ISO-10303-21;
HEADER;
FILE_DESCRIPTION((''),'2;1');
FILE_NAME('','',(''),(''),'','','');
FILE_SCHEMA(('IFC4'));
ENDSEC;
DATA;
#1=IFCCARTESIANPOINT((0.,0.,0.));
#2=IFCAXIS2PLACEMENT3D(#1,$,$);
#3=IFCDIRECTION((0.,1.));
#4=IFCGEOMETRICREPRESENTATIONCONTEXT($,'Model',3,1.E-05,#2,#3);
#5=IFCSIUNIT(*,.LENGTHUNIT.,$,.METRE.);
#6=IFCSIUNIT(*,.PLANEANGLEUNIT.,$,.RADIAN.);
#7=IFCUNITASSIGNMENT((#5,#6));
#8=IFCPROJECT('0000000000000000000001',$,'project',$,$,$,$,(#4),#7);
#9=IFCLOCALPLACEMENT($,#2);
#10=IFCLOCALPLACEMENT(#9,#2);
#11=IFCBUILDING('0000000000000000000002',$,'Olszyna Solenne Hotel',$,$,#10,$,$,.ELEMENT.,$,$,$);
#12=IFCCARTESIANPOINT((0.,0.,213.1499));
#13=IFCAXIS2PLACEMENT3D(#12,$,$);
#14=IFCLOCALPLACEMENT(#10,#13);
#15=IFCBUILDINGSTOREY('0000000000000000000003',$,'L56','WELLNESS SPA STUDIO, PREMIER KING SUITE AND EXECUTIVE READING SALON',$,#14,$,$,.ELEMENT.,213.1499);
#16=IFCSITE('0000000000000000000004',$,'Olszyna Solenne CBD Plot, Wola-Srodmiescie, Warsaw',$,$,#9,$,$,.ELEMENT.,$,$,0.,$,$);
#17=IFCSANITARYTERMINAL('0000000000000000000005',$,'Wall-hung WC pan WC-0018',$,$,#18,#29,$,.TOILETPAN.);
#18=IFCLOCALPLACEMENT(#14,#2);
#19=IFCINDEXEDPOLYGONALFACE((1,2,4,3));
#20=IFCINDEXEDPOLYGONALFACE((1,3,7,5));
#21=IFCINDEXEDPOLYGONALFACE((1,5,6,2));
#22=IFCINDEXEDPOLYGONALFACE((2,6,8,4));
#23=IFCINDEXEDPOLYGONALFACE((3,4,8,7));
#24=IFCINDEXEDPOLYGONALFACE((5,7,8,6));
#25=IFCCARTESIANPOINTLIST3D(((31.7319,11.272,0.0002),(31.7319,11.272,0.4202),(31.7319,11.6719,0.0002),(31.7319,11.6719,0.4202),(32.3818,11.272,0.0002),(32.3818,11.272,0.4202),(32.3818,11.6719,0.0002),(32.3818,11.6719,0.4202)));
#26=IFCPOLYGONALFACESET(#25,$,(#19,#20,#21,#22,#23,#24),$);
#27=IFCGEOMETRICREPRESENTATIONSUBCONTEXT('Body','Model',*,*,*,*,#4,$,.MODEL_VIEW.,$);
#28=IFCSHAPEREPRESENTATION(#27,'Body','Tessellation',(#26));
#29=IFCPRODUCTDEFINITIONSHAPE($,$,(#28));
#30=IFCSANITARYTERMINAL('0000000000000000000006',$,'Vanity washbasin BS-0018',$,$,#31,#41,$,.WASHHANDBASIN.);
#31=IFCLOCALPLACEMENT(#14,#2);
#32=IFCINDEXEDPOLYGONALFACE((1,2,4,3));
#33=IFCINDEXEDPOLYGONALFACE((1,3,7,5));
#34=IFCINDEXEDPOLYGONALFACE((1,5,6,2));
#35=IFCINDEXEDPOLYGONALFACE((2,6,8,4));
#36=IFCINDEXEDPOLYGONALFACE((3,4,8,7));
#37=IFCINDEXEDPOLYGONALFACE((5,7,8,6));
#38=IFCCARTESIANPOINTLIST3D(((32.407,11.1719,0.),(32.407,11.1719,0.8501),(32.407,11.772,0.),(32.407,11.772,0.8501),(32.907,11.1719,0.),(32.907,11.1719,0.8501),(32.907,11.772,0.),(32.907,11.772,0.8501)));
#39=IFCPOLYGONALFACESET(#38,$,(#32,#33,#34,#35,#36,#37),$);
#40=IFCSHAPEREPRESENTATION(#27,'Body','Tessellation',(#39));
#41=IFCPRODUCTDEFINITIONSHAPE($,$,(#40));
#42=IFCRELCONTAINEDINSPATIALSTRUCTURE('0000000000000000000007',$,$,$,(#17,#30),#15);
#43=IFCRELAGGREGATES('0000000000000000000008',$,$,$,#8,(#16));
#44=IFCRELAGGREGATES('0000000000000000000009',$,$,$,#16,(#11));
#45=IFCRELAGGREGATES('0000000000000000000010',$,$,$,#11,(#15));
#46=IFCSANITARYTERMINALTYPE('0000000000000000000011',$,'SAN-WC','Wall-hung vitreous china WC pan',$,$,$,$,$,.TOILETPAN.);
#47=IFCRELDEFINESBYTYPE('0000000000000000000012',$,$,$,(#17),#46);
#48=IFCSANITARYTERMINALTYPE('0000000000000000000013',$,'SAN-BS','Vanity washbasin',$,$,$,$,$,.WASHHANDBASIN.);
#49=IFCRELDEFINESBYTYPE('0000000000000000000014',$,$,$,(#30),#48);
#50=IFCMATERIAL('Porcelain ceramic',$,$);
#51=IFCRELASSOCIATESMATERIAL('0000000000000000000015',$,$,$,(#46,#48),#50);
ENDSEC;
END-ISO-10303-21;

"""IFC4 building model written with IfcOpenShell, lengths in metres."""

from ifc_helpers import new_model, si_unit, direction, frame, origin, origin_2d, place, context, subcontext, project, spatial, rectangle, extrude, source, transform, mapped, material, type_object, element, save


model = new_model("IFC4")

# Units and contexts
model_context = context("Model", 3, precision=1e-05, world=origin(), true_north=direction((0.0, 1.0)))
body_context = subcontext(model_context, "Body", "Model", "MODEL_VIEW")
ifc_project = project(units=[si_unit("LENGTHUNIT", "METRE"), si_unit("PLANEANGLEUNIT", "RADIAN")], contexts=[model_context])

# Site, building, storey
site_placement = place(None, origin())
site = spatial("IfcSite", under=ifc_project, at=site_placement, Name="Olszyna Solenne CBD Plot, Wola-Srodmiescie, Warsaw", CompositionType="ELEMENT", RefElevation=0.0)
building_placement = place(site_placement, origin())
building = spatial("IfcBuilding", under=site, at=building_placement, Name="Olszyna Solenne Hotel", CompositionType="ELEMENT")
storey_placement = place(building_placement, frame((0.0, 0.0, 213.1499)))
storey = spatial("IfcBuildingStorey", under=building, at=storey_placement, Name="L56", Description="WELLNESS SPA STUDIO, PREMIER KING SUITE AND EXECUTIVE READING SALON", CompositionType="ELEMENT", Elevation=213.1499)

# Sanitary terminals
ifc_material_1 = material(Name="Porcelain ceramic")
sanitary_terminal_type_1 = type_object("IfcSanitaryTerminalType", Name="SAN-WC", Description="Wall-hung vitreous china WC pan", PredefinedType="TOILETPAN", material=ifc_material_1)
shared_shape_1 = source(origin(), body_context, "Body", "SweptSolid", [
    extrude(rectangle(XDim=0.6499, YDim=0.3999, at=origin_2d()), origin(), (0.0, 0.0, 1.0), 0.4199),
])
sanitary_terminal_1_placement = place(storey_placement, frame((32.0569, 11.4719, 0.0002), z_axis=(0.0, 0.0, 1.0), x_axis=(1.0, 0.0, 0.0)))
element("IfcSanitaryTerminal", 1, at=sanitary_terminal_1_placement, inside=storey, type_object=sanitary_terminal_type_1, Name="Wall-hung WC pan WC-0018", PredefinedType="TOILETPAN", context=body_context, shape_type="MappedRepresentation", body=[
    mapped(shared_shape_1, transform((0.0, 0.0, 0.0), x_axis=(1.0, 0.0, 0.0), y_axis=(0.0, 1.0, 0.0), z_axis=(0.0, 0.0, 1.0), scale=1.0)),
])
sanitary_terminal_type_2 = type_object("IfcSanitaryTerminalType", Name="SAN-BS", Description="Vanity washbasin", PredefinedType="WASHHANDBASIN", material=ifc_material_1)
shared_shape_2 = source(origin(), body_context, "Body", "SweptSolid", [
    extrude(rectangle(XDim=0.5, YDim=0.6001, at=origin_2d()), origin(), (0.0, 0.0, 1.0), 0.8501),
])
sanitary_terminal_2_placement = place(storey_placement, frame((32.657, 11.4719, 0.0), z_axis=(0.0, 0.0, 1.0), x_axis=(1.0, 0.0, 0.0)))
element("IfcSanitaryTerminal", 2, at=sanitary_terminal_2_placement, inside=storey, type_object=sanitary_terminal_type_2, Name="Vanity washbasin BS-0018", PredefinedType="WASHHANDBASIN", context=body_context, shape_type="MappedRepresentation", body=[
    mapped(shared_shape_2, transform((0.0, 0.0, 0.0), x_axis=(1.0, 0.0, 0.0), y_axis=(0.0, 1.0, 0.0), z_axis=(0.0, 0.0, 1.0), scale=1.0)),
])

save(model, "model.ifc")
